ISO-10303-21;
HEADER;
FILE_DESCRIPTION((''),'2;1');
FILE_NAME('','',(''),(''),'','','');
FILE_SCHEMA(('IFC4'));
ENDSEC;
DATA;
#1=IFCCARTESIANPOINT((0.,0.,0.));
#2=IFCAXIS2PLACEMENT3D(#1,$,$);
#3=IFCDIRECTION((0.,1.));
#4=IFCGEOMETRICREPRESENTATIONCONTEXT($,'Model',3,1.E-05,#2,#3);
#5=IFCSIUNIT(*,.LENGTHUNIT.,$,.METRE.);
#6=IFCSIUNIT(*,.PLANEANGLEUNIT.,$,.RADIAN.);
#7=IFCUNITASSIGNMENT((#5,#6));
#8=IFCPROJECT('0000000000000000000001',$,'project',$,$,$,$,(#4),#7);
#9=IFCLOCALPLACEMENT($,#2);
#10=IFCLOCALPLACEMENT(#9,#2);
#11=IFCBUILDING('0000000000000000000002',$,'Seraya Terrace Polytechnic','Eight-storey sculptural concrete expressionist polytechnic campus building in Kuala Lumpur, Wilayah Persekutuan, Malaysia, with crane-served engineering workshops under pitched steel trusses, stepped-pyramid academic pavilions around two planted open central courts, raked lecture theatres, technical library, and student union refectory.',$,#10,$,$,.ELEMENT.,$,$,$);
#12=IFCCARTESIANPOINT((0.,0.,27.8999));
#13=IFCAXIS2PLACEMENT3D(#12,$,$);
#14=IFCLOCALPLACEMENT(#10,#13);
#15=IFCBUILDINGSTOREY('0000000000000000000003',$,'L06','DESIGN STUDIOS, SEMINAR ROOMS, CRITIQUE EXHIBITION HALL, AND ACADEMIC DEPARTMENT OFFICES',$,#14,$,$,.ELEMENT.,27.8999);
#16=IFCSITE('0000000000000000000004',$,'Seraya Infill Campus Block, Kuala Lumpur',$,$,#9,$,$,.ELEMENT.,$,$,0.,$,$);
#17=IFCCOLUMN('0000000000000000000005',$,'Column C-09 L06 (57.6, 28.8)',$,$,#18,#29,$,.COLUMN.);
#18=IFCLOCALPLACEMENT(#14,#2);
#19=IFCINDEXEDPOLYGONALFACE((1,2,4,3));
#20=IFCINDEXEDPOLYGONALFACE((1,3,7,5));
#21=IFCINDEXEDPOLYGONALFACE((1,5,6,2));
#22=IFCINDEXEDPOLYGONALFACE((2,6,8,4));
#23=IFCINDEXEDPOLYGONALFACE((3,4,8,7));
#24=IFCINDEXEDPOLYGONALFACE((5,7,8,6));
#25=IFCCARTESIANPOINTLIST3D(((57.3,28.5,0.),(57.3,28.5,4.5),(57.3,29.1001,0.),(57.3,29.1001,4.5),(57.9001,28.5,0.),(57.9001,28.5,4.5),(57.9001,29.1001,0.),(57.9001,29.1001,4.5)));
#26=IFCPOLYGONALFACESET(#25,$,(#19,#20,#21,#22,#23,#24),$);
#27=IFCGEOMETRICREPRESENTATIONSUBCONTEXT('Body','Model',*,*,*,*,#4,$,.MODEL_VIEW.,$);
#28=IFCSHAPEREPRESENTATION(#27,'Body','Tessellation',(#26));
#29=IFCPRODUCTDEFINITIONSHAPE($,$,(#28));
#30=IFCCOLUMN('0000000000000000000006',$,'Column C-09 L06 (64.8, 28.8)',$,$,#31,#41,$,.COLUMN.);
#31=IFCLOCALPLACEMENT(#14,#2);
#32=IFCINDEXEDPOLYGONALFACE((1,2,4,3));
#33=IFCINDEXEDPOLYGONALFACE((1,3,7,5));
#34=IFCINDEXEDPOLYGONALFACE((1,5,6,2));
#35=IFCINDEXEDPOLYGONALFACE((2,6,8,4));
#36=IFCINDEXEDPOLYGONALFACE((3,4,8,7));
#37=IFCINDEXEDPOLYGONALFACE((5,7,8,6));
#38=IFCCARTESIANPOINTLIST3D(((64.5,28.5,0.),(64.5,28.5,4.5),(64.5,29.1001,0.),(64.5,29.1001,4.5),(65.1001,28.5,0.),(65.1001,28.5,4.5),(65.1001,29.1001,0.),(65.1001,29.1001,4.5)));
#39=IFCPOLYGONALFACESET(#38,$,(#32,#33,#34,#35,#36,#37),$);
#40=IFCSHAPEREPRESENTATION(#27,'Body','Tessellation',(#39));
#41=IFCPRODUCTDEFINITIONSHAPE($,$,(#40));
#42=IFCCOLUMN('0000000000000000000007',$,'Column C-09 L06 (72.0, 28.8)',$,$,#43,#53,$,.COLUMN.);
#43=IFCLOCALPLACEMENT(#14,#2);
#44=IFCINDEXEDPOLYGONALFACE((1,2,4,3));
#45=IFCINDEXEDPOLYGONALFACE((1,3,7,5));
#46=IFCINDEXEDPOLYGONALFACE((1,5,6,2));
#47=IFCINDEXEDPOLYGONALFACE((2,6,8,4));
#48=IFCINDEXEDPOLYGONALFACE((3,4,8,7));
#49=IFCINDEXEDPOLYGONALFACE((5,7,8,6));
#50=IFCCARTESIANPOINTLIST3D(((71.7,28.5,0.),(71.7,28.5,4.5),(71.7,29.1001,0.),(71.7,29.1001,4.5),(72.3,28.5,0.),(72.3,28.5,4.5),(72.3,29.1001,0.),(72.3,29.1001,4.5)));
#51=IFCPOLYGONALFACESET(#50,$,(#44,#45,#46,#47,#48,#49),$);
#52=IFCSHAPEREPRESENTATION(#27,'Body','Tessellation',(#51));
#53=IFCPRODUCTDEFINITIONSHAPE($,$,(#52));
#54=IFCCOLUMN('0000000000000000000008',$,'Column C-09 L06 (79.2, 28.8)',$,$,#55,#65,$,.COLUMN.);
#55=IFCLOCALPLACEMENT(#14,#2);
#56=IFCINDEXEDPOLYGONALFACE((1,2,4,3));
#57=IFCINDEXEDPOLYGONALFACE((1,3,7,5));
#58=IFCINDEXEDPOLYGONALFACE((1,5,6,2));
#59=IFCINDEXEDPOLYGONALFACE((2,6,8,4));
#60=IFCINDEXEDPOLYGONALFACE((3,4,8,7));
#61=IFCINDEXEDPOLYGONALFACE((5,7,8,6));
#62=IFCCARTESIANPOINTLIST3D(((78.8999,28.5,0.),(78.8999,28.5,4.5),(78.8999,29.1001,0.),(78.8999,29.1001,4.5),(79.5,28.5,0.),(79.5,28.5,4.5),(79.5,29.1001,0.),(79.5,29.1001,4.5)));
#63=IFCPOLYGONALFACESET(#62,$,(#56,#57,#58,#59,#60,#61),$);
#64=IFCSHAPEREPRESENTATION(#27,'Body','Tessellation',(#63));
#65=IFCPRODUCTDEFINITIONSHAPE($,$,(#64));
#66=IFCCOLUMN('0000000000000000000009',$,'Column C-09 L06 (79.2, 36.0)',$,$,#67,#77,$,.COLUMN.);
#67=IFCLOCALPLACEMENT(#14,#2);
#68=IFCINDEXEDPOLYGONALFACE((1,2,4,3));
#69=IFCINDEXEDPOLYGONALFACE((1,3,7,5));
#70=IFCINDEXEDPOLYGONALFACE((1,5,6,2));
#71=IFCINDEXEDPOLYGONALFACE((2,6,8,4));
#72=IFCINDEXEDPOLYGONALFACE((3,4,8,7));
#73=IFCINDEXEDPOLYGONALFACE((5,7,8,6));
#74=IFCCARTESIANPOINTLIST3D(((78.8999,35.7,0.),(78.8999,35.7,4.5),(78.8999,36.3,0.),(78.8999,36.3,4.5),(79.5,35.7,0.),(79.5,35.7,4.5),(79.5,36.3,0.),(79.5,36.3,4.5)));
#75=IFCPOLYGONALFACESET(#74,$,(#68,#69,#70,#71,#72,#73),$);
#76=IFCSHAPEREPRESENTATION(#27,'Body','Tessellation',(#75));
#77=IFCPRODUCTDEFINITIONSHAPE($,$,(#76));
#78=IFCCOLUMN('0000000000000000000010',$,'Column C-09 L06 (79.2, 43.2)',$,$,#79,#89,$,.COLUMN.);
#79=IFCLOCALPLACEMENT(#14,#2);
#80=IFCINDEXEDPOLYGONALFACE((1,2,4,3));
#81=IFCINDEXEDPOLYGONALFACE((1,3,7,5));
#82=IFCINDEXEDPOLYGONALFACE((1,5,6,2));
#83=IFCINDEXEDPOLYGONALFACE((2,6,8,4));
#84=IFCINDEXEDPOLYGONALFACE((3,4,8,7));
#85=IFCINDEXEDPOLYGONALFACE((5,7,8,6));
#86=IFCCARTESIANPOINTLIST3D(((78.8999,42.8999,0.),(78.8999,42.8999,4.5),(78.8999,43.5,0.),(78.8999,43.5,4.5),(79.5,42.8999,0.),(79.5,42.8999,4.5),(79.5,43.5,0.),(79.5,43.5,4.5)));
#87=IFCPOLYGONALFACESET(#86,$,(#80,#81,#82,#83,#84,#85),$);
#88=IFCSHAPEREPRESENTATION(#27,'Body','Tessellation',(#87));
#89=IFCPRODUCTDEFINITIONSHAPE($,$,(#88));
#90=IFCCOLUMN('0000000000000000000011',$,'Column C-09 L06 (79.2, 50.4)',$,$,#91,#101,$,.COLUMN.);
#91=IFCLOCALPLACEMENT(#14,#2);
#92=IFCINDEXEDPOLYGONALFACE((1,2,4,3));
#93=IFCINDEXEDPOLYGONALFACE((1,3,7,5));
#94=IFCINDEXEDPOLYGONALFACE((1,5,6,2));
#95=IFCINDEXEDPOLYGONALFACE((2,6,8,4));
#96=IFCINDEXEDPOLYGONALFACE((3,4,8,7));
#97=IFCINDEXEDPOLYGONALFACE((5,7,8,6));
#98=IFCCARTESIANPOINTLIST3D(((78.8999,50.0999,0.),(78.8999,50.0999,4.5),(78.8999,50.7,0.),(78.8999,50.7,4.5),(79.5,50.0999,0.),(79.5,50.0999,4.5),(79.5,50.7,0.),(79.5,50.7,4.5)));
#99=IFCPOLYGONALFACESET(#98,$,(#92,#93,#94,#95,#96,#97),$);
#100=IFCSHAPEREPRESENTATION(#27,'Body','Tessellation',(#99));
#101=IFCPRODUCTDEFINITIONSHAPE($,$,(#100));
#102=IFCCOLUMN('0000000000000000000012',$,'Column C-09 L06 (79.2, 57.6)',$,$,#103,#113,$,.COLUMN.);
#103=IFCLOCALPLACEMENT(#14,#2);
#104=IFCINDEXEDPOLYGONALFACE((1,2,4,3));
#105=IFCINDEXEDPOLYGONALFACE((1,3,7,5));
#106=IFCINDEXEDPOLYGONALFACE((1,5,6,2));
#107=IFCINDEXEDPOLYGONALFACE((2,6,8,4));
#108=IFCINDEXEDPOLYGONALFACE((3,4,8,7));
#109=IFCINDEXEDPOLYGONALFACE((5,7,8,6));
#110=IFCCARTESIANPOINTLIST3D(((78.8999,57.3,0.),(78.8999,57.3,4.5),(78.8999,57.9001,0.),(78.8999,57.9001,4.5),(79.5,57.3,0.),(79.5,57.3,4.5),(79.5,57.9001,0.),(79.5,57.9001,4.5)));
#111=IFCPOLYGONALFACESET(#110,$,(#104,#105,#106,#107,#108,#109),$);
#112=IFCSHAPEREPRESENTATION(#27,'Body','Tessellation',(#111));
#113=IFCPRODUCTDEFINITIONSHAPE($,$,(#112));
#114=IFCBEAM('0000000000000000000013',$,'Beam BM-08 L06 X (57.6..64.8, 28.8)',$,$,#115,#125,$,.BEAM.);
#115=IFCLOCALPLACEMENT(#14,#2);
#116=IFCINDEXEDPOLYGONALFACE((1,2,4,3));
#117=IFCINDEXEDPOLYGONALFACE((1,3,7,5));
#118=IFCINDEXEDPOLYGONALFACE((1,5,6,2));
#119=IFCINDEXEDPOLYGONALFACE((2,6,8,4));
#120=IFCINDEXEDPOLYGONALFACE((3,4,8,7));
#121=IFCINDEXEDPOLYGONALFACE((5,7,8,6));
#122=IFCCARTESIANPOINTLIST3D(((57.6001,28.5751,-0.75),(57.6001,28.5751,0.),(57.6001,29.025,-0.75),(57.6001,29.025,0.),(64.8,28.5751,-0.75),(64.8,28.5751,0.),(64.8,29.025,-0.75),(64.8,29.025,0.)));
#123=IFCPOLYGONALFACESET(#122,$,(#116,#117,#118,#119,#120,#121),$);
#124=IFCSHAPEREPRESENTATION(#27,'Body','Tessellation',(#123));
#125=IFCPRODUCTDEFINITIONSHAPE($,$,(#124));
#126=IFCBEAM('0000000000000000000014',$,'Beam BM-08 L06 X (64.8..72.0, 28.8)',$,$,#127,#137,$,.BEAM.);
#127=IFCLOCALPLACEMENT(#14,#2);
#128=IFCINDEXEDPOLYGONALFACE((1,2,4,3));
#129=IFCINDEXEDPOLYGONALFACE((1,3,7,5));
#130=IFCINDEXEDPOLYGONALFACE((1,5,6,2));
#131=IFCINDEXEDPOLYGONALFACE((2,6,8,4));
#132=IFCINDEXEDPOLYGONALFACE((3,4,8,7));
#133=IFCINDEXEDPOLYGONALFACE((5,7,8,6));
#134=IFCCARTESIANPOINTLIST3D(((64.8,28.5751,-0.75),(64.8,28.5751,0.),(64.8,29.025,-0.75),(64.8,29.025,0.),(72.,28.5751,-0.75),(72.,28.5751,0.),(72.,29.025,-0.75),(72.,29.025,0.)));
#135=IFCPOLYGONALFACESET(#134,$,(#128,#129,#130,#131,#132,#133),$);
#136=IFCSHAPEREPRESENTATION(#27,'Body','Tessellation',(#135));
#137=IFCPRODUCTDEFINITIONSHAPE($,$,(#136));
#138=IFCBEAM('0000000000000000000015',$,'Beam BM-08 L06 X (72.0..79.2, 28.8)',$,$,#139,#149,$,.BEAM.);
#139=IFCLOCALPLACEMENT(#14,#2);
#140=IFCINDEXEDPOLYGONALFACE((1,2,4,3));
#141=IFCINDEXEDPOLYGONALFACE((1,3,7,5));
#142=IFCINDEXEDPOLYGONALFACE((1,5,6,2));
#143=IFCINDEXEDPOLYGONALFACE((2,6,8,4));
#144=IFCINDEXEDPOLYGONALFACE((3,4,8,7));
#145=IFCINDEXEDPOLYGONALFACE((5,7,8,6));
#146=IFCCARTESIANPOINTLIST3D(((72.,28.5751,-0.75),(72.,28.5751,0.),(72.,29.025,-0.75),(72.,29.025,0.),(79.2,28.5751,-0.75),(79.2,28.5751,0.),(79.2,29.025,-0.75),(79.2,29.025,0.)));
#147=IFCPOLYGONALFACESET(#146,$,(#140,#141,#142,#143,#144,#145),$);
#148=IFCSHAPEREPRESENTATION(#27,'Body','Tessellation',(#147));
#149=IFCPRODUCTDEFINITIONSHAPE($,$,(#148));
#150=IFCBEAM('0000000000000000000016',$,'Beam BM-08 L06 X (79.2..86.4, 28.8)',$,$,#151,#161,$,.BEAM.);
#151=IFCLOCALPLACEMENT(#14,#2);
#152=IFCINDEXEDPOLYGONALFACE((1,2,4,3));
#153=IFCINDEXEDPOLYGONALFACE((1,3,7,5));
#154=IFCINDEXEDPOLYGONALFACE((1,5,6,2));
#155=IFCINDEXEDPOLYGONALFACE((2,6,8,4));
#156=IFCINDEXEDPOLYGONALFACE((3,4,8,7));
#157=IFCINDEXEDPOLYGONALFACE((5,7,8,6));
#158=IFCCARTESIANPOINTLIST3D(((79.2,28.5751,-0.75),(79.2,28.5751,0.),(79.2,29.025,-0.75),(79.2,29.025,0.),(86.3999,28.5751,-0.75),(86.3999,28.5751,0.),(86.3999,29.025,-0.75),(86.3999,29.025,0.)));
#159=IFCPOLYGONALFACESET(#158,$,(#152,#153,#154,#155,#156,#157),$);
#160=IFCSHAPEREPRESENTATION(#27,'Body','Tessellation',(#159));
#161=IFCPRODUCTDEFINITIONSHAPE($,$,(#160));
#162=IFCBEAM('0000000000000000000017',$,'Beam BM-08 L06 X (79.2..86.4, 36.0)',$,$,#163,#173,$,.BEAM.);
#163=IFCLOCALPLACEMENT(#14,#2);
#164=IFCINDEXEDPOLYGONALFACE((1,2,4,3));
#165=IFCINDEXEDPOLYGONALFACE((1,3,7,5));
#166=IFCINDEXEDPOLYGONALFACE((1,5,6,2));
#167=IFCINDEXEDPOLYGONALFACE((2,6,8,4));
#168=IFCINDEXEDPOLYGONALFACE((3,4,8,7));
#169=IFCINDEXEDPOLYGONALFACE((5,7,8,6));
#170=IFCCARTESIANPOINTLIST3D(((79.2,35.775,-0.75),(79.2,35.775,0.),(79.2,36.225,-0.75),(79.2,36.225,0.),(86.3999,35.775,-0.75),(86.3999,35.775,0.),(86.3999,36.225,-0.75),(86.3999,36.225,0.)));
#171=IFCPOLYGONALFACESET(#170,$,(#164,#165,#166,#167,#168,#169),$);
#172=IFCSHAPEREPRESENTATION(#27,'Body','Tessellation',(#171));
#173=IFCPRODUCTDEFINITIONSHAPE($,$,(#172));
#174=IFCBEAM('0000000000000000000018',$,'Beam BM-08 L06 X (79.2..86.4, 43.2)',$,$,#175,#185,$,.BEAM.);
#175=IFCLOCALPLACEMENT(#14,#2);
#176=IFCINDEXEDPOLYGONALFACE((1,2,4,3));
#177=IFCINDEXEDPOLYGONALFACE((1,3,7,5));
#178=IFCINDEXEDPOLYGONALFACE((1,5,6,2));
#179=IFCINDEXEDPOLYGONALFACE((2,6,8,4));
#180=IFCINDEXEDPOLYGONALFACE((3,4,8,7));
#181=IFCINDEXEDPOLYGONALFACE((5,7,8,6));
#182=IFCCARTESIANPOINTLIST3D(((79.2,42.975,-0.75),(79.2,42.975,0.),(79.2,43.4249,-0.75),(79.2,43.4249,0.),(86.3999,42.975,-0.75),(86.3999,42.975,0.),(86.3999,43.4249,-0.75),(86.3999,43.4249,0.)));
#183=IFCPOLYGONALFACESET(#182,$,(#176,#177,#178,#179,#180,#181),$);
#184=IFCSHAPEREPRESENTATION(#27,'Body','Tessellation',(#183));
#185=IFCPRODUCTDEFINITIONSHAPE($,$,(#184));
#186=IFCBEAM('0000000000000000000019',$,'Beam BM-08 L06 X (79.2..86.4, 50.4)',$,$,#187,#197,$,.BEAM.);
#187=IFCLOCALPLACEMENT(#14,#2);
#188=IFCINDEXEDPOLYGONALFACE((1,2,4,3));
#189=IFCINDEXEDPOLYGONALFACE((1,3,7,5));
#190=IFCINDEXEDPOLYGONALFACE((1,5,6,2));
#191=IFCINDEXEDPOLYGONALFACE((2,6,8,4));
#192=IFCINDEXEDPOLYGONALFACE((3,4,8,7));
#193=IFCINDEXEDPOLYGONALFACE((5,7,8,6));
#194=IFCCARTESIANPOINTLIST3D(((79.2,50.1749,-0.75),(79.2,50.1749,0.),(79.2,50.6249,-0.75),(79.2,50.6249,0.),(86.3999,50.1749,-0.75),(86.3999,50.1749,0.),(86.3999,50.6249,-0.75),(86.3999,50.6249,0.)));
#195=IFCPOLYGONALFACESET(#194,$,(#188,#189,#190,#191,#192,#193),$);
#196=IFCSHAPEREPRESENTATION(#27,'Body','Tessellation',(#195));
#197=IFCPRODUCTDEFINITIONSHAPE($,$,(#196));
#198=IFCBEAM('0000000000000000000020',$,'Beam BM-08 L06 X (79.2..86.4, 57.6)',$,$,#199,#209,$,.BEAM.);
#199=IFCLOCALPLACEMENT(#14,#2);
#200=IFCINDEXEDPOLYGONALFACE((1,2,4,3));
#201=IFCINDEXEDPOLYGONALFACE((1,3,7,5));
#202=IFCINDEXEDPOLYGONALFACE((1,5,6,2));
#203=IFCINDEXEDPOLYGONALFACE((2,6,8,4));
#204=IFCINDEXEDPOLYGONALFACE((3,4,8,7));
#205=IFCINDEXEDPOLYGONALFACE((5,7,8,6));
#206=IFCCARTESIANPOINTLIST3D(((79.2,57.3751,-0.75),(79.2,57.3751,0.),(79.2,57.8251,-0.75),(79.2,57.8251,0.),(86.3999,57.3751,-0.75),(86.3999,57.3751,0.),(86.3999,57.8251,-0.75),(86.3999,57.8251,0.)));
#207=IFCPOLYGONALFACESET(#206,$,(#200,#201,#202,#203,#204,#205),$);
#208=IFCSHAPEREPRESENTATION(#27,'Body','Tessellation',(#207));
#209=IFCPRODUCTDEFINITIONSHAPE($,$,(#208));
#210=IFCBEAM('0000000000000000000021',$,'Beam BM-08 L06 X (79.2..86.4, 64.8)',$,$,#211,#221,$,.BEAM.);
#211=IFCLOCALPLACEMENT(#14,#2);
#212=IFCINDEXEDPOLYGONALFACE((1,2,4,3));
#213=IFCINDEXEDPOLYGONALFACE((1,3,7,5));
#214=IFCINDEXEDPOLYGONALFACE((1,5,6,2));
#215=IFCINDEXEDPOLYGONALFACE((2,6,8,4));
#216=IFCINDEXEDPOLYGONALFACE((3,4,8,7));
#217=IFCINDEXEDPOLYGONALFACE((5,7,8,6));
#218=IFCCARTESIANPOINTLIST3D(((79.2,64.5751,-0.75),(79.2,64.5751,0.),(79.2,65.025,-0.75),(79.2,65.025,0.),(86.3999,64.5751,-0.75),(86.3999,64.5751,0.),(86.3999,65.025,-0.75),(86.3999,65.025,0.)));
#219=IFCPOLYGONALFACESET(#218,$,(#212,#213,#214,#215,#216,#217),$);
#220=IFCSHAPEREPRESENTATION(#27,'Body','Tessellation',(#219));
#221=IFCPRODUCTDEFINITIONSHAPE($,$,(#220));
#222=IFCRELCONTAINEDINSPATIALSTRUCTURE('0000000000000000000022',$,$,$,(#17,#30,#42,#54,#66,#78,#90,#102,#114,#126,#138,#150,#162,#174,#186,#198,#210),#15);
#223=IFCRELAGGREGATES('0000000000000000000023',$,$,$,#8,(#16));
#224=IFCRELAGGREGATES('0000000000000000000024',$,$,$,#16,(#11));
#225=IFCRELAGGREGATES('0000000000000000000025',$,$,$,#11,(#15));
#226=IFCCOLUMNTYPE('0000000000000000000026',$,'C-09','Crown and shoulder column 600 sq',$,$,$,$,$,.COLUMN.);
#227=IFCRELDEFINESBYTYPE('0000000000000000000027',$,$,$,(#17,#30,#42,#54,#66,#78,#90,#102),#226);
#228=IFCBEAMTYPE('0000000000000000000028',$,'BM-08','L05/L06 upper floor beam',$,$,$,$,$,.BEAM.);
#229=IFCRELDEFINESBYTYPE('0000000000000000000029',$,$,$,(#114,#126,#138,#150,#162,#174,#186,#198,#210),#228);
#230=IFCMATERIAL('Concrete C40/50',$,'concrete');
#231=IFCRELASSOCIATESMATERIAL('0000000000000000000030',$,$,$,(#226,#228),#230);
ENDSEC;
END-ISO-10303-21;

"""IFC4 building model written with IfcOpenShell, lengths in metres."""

from ifc_helpers import new_model, si_unit, direction, frame, origin, origin_2d, place, context, subcontext, project, spatial, rectangle, extrude, material, material_profile, profile_set, type_object, element, save


model = new_model("IFC4")

# Units and contexts
model_context = context("Model", 3, precision=1e-05, world=origin(), true_north=direction((0.0, 1.0)))
body_context = subcontext(model_context, "Body", "Model", "MODEL_VIEW")
ifc_project = project(units=[si_unit("LENGTHUNIT", "METRE"), si_unit("PLANEANGLEUNIT", "RADIAN")], contexts=[model_context])

# Site, building, storey
site_placement = place(None, origin())
site = spatial("IfcSite", under=ifc_project, at=site_placement, Name="Seraya Infill Campus Block, Kuala Lumpur", CompositionType="ELEMENT", RefElevation=0.0)
building_placement = place(site_placement, origin())
building = spatial("IfcBuilding", under=site, at=building_placement, Name="Seraya Terrace Polytechnic", Description="Eight-storey sculptural concrete expressionist polytechnic campus building in Kuala Lumpur, Wilayah Persekutuan, Malaysia, with crane-served engineering workshops under pitched steel trusses, stepped-pyramid academic pavilions around two planted open central courts, raked lecture theatres, technical library, and student union refectory.", CompositionType="ELEMENT")
storey_placement = place(building_placement, frame((0.0, 0.0, 27.8999)))
storey = spatial("IfcBuildingStorey", under=building, at=storey_placement, Name="L06", Description="DESIGN STUDIOS, SEMINAR ROOMS, CRITIQUE EXHIBITION HALL, AND ACADEMIC DEPARTMENT OFFICES", CompositionType="ELEMENT", Elevation=27.8999)

# Columns
ifc_material_1 = material(Name="Concrete C40/50", Category="concrete")
ifc_material_profile_1 = material_profile(ifc_material_1, rectangle(XDim=0.6001, YDim=0.6001, at=origin_2d()), Name="RC 600x600")
ifc_profile_set_1 = profile_set([ifc_material_profile_1], Name="Concrete C40/50")
column_type = type_object("IfcColumnType", Name="C-09", Description="Crown and shoulder column 600 sq", PredefinedType="COLUMN", material=ifc_profile_set_1)
for number, where, z_axis, x_axis, name in (
    (1, (57.6001, 28.8, 0.0), (0.0, 0.0, 1.0), (1.0, 0.0, 0.0), "Column C-09 L06 (57.6, 28.8)"),
    (2, (64.8, 28.8, 0.0), (0.0, 0.0, 1.0), (1.0, 0.0, 0.0), "Column C-09 L06 (64.8, 28.8)"),
    (3, (72.0, 28.8, 0.0), (0.0, 0.0, 1.0), (1.0, 0.0, 0.0), "Column C-09 L06 (72.0, 28.8)"),
    (4, (79.2, 28.8, 0.0), (0.0, 0.0, 1.0), (1.0, 0.0, 0.0), "Column C-09 L06 (79.2, 28.8)"),
    (5, (79.2, 36.0, 0.0), (0.0, 0.0, 1.0), (1.0, 0.0, 0.0), "Column C-09 L06 (79.2, 36.0)"),
    (6, (79.2, 43.2, 0.0), (0.0, 0.0, 1.0), (1.0, 0.0, 0.0), "Column C-09 L06 (79.2, 43.2)"),
    (7, (79.2, 50.3999, 0.0), (0.0, 0.0, 1.0), (1.0, 0.0, 0.0), "Column C-09 L06 (79.2, 50.4)"),
    (8, (79.2, 57.6001, 0.0), (0.0, 0.0, 1.0), (1.0, 0.0, 0.0), "Column C-09 L06 (79.2, 57.6)"),
):
    element("IfcColumn", number, at=place(storey_placement, frame(where, z_axis=z_axis, x_axis=x_axis)), inside=storey, type_object=column_type, Name=name, PredefinedType="COLUMN", context=body_context, shape_type="SweptSolid", body=[
        extrude(rectangle(XDim=0.6001, YDim=0.6001, at=origin_2d()), origin(), (0.0, 0.0, 1.0), 4.5),
    ])

# Beams
ifc_material_profile_2 = material_profile(ifc_material_1, rectangle(XDim=0.45, YDim=0.75, at=origin_2d()), Name="RC 450x750")
ifc_profile_set_2 = profile_set([ifc_material_profile_2], Name="Concrete C40/50")
beam_type = type_object("IfcBeamType", Name="BM-08", Description="L05/L06 upper floor beam", PredefinedType="BEAM", material=ifc_profile_set_2)
for number, where, z_axis, x_axis, name in (
    (9, (57.6001, 28.8, -0.375), (1.0, 0.0, 0.0), (0.0, 1.0, 0.0), "Beam BM-08 L06 X (57.6..64.8, 28.8)"),
    (10, (64.8, 28.8, -0.375), (1.0, 0.0, 0.0), (0.0, 1.0, 0.0), "Beam BM-08 L06 X (64.8..72.0, 28.8)"),
    (11, (72.0, 28.8, -0.375), (1.0, 0.0, 0.0), (0.0, 1.0, 0.0), "Beam BM-08 L06 X (72.0..79.2, 28.8)"),
    (12, (79.2, 28.8, -0.375), (1.0, 0.0, 0.0), (0.0, 1.0, 0.0), "Beam BM-08 L06 X (79.2..86.4, 28.8)"),
    (13, (79.2, 36.0, -0.375), (1.0, 0.0, 0.0), (0.0, 1.0, 0.0), "Beam BM-08 L06 X (79.2..86.4, 36.0)"),
    (14, (79.2, 43.2, -0.375), (1.0, 0.0, 0.0), (0.0, 1.0, 0.0), "Beam BM-08 L06 X (79.2..86.4, 43.2)"),
    (15, (79.2, 50.3999, -0.375), (1.0, 0.0, 0.0), (0.0, 1.0, 0.0), "Beam BM-08 L06 X (79.2..86.4, 50.4)"),
    (16, (79.2, 57.6001, -0.375), (1.0, 0.0, 0.0), (0.0, 1.0, 0.0), "Beam BM-08 L06 X (79.2..86.4, 57.6)"),
    (17, (79.2, 64.8, -0.375), (1.0, 0.0, 0.0), (0.0, 1.0, 0.0), "Beam BM-08 L06 X (79.2..86.4, 64.8)"),
):
    element("IfcBeam", number, at=place(storey_placement, frame(where, z_axis=z_axis, x_axis=x_axis)), inside=storey, type_object=beam_type, Name=name, PredefinedType="BEAM", context=body_context, shape_type="SweptSolid", body=[
        extrude(rectangle(XDim=0.45, YDim=0.75, at=origin_2d()), origin(), (0.0, 0.0, 1.0), 7.2),
    ])

save(model, "model.ifc")
